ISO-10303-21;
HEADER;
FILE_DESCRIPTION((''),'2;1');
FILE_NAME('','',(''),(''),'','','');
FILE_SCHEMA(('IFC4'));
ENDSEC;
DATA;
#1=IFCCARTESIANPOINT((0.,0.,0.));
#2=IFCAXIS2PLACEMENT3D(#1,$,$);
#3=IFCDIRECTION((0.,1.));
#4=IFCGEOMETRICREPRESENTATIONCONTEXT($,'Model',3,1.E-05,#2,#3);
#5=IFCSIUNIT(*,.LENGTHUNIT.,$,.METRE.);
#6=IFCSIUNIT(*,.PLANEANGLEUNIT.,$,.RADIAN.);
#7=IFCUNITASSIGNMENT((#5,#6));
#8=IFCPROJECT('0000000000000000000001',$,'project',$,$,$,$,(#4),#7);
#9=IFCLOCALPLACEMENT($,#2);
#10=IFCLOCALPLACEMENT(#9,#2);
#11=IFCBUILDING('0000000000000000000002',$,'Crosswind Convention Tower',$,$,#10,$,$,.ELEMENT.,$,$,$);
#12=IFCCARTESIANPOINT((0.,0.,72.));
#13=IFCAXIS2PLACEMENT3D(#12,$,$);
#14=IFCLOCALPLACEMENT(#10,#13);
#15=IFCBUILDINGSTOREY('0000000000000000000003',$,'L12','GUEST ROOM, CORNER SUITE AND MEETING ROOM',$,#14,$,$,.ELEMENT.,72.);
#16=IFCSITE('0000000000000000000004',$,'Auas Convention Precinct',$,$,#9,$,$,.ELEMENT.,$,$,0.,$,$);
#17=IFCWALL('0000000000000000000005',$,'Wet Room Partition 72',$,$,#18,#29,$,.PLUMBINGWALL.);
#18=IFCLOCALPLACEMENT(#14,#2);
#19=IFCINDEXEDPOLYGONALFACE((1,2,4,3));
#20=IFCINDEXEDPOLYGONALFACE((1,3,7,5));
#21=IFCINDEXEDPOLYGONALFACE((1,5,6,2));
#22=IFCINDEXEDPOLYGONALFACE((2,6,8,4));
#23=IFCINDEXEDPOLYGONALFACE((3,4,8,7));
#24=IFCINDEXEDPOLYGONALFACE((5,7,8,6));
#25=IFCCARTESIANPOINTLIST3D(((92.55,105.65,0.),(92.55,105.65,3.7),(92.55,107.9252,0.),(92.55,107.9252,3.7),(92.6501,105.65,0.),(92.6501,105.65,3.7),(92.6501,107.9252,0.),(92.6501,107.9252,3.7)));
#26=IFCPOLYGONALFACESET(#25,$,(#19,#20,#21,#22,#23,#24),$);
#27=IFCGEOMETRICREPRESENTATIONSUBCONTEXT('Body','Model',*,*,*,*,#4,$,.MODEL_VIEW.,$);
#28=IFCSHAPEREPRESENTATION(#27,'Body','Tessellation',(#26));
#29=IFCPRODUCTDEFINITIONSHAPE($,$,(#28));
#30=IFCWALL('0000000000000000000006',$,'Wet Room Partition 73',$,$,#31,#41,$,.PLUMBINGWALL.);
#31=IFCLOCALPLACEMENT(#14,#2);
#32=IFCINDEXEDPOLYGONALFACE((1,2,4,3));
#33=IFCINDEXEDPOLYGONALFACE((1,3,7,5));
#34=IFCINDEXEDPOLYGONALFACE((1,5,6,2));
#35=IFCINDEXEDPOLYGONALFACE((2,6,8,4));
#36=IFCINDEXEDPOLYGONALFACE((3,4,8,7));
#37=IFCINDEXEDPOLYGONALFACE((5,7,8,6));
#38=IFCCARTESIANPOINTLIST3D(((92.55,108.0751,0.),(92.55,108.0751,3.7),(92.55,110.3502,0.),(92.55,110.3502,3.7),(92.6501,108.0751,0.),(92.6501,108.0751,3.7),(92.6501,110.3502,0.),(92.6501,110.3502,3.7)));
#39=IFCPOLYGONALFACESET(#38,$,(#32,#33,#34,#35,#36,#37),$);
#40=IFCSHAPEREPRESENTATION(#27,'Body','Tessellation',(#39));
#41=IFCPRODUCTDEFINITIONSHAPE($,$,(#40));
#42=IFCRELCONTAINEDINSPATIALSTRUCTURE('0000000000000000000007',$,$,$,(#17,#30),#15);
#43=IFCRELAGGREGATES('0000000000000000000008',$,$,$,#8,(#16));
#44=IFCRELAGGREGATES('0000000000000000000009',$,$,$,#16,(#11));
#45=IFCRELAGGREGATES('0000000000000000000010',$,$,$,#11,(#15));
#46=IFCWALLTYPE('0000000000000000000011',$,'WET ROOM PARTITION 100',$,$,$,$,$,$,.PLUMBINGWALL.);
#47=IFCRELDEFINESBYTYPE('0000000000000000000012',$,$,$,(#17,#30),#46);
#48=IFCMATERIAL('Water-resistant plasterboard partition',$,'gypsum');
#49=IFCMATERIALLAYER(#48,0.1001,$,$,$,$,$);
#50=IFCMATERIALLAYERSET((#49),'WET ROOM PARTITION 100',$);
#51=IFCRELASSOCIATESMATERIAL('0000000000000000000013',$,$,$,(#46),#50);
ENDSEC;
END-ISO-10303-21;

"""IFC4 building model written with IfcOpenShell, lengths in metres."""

from ifc_helpers import new_model, si_unit, direction, frame, frame_2d, origin, place, context, subcontext, project, spatial, rectangle, extrude, material, layer, layer_set, type_object, element, save


model = new_model("IFC4")

# Units and contexts
model_context = context("Model", 3, precision=1e-05, world=origin(), true_north=direction((0.0, 1.0)))
body_context = subcontext(model_context, "Body", "Model", "MODEL_VIEW")
ifc_project = project(units=[si_unit("LENGTHUNIT", "METRE"), si_unit("PLANEANGLEUNIT", "RADIAN")], contexts=[model_context])

# Site, building, storey
site_placement = place(None, origin())
site = spatial("IfcSite", under=ifc_project, at=site_placement, Name="Auas Convention Precinct", CompositionType="ELEMENT", RefElevation=0.0)
building_placement = place(site_placement, origin())
building = spatial("IfcBuilding", under=site, at=building_placement, Name="Crosswind Convention Tower", CompositionType="ELEMENT")
storey_placement = place(building_placement, frame((0.0, 0.0, 72.0)))
storey = spatial("IfcBuildingStorey", under=building, at=storey_placement, Name="L12", Description="GUEST ROOM, CORNER SUITE AND MEETING ROOM", CompositionType="ELEMENT", Elevation=72.0)

# Shared definitions
ifc_material_1 = material(Name="Water-resistant plasterboard partition", Category="gypsum")
ifc_layer_1 = layer(ifc_material_1, 0.1001)
ifc_layer_set_1 = layer_set([ifc_layer_1], Name="WET ROOM PARTITION 100")
wall_type_1 = type_object("IfcWallType", Name="WET ROOM PARTITION 100", PredefinedType="PLUMBINGWALL", material=ifc_layer_set_1)

# Walls
for number, where, z_axis, x_axis, name in (
    (1, (92.6001, 105.6499, 0.0), (0.0, 0.0, 1.0), (0.0, 1.0, 0.0), "Wet Room Partition 72"),
    (2, (92.6001, 108.075, 0.0), (0.0, 0.0, 1.0), (0.0, 1.0, 0.0), "Wet Room Partition 73"),
):
    element("IfcWall", number, at=place(storey_placement, frame(where, z_axis=z_axis, x_axis=x_axis)), inside=storey, type_object=wall_type_1, Name=name, PredefinedType="PLUMBINGWALL", context=body_context, shape_type="SweptSolid", body=[
        extrude(rectangle(XDim=2.2751, YDim=0.1001, at=frame_2d((1.1377, 0.0))), origin(), (0.0, 0.0, 1.0), 3.7),
    ])

save(model, "model.ifc")
